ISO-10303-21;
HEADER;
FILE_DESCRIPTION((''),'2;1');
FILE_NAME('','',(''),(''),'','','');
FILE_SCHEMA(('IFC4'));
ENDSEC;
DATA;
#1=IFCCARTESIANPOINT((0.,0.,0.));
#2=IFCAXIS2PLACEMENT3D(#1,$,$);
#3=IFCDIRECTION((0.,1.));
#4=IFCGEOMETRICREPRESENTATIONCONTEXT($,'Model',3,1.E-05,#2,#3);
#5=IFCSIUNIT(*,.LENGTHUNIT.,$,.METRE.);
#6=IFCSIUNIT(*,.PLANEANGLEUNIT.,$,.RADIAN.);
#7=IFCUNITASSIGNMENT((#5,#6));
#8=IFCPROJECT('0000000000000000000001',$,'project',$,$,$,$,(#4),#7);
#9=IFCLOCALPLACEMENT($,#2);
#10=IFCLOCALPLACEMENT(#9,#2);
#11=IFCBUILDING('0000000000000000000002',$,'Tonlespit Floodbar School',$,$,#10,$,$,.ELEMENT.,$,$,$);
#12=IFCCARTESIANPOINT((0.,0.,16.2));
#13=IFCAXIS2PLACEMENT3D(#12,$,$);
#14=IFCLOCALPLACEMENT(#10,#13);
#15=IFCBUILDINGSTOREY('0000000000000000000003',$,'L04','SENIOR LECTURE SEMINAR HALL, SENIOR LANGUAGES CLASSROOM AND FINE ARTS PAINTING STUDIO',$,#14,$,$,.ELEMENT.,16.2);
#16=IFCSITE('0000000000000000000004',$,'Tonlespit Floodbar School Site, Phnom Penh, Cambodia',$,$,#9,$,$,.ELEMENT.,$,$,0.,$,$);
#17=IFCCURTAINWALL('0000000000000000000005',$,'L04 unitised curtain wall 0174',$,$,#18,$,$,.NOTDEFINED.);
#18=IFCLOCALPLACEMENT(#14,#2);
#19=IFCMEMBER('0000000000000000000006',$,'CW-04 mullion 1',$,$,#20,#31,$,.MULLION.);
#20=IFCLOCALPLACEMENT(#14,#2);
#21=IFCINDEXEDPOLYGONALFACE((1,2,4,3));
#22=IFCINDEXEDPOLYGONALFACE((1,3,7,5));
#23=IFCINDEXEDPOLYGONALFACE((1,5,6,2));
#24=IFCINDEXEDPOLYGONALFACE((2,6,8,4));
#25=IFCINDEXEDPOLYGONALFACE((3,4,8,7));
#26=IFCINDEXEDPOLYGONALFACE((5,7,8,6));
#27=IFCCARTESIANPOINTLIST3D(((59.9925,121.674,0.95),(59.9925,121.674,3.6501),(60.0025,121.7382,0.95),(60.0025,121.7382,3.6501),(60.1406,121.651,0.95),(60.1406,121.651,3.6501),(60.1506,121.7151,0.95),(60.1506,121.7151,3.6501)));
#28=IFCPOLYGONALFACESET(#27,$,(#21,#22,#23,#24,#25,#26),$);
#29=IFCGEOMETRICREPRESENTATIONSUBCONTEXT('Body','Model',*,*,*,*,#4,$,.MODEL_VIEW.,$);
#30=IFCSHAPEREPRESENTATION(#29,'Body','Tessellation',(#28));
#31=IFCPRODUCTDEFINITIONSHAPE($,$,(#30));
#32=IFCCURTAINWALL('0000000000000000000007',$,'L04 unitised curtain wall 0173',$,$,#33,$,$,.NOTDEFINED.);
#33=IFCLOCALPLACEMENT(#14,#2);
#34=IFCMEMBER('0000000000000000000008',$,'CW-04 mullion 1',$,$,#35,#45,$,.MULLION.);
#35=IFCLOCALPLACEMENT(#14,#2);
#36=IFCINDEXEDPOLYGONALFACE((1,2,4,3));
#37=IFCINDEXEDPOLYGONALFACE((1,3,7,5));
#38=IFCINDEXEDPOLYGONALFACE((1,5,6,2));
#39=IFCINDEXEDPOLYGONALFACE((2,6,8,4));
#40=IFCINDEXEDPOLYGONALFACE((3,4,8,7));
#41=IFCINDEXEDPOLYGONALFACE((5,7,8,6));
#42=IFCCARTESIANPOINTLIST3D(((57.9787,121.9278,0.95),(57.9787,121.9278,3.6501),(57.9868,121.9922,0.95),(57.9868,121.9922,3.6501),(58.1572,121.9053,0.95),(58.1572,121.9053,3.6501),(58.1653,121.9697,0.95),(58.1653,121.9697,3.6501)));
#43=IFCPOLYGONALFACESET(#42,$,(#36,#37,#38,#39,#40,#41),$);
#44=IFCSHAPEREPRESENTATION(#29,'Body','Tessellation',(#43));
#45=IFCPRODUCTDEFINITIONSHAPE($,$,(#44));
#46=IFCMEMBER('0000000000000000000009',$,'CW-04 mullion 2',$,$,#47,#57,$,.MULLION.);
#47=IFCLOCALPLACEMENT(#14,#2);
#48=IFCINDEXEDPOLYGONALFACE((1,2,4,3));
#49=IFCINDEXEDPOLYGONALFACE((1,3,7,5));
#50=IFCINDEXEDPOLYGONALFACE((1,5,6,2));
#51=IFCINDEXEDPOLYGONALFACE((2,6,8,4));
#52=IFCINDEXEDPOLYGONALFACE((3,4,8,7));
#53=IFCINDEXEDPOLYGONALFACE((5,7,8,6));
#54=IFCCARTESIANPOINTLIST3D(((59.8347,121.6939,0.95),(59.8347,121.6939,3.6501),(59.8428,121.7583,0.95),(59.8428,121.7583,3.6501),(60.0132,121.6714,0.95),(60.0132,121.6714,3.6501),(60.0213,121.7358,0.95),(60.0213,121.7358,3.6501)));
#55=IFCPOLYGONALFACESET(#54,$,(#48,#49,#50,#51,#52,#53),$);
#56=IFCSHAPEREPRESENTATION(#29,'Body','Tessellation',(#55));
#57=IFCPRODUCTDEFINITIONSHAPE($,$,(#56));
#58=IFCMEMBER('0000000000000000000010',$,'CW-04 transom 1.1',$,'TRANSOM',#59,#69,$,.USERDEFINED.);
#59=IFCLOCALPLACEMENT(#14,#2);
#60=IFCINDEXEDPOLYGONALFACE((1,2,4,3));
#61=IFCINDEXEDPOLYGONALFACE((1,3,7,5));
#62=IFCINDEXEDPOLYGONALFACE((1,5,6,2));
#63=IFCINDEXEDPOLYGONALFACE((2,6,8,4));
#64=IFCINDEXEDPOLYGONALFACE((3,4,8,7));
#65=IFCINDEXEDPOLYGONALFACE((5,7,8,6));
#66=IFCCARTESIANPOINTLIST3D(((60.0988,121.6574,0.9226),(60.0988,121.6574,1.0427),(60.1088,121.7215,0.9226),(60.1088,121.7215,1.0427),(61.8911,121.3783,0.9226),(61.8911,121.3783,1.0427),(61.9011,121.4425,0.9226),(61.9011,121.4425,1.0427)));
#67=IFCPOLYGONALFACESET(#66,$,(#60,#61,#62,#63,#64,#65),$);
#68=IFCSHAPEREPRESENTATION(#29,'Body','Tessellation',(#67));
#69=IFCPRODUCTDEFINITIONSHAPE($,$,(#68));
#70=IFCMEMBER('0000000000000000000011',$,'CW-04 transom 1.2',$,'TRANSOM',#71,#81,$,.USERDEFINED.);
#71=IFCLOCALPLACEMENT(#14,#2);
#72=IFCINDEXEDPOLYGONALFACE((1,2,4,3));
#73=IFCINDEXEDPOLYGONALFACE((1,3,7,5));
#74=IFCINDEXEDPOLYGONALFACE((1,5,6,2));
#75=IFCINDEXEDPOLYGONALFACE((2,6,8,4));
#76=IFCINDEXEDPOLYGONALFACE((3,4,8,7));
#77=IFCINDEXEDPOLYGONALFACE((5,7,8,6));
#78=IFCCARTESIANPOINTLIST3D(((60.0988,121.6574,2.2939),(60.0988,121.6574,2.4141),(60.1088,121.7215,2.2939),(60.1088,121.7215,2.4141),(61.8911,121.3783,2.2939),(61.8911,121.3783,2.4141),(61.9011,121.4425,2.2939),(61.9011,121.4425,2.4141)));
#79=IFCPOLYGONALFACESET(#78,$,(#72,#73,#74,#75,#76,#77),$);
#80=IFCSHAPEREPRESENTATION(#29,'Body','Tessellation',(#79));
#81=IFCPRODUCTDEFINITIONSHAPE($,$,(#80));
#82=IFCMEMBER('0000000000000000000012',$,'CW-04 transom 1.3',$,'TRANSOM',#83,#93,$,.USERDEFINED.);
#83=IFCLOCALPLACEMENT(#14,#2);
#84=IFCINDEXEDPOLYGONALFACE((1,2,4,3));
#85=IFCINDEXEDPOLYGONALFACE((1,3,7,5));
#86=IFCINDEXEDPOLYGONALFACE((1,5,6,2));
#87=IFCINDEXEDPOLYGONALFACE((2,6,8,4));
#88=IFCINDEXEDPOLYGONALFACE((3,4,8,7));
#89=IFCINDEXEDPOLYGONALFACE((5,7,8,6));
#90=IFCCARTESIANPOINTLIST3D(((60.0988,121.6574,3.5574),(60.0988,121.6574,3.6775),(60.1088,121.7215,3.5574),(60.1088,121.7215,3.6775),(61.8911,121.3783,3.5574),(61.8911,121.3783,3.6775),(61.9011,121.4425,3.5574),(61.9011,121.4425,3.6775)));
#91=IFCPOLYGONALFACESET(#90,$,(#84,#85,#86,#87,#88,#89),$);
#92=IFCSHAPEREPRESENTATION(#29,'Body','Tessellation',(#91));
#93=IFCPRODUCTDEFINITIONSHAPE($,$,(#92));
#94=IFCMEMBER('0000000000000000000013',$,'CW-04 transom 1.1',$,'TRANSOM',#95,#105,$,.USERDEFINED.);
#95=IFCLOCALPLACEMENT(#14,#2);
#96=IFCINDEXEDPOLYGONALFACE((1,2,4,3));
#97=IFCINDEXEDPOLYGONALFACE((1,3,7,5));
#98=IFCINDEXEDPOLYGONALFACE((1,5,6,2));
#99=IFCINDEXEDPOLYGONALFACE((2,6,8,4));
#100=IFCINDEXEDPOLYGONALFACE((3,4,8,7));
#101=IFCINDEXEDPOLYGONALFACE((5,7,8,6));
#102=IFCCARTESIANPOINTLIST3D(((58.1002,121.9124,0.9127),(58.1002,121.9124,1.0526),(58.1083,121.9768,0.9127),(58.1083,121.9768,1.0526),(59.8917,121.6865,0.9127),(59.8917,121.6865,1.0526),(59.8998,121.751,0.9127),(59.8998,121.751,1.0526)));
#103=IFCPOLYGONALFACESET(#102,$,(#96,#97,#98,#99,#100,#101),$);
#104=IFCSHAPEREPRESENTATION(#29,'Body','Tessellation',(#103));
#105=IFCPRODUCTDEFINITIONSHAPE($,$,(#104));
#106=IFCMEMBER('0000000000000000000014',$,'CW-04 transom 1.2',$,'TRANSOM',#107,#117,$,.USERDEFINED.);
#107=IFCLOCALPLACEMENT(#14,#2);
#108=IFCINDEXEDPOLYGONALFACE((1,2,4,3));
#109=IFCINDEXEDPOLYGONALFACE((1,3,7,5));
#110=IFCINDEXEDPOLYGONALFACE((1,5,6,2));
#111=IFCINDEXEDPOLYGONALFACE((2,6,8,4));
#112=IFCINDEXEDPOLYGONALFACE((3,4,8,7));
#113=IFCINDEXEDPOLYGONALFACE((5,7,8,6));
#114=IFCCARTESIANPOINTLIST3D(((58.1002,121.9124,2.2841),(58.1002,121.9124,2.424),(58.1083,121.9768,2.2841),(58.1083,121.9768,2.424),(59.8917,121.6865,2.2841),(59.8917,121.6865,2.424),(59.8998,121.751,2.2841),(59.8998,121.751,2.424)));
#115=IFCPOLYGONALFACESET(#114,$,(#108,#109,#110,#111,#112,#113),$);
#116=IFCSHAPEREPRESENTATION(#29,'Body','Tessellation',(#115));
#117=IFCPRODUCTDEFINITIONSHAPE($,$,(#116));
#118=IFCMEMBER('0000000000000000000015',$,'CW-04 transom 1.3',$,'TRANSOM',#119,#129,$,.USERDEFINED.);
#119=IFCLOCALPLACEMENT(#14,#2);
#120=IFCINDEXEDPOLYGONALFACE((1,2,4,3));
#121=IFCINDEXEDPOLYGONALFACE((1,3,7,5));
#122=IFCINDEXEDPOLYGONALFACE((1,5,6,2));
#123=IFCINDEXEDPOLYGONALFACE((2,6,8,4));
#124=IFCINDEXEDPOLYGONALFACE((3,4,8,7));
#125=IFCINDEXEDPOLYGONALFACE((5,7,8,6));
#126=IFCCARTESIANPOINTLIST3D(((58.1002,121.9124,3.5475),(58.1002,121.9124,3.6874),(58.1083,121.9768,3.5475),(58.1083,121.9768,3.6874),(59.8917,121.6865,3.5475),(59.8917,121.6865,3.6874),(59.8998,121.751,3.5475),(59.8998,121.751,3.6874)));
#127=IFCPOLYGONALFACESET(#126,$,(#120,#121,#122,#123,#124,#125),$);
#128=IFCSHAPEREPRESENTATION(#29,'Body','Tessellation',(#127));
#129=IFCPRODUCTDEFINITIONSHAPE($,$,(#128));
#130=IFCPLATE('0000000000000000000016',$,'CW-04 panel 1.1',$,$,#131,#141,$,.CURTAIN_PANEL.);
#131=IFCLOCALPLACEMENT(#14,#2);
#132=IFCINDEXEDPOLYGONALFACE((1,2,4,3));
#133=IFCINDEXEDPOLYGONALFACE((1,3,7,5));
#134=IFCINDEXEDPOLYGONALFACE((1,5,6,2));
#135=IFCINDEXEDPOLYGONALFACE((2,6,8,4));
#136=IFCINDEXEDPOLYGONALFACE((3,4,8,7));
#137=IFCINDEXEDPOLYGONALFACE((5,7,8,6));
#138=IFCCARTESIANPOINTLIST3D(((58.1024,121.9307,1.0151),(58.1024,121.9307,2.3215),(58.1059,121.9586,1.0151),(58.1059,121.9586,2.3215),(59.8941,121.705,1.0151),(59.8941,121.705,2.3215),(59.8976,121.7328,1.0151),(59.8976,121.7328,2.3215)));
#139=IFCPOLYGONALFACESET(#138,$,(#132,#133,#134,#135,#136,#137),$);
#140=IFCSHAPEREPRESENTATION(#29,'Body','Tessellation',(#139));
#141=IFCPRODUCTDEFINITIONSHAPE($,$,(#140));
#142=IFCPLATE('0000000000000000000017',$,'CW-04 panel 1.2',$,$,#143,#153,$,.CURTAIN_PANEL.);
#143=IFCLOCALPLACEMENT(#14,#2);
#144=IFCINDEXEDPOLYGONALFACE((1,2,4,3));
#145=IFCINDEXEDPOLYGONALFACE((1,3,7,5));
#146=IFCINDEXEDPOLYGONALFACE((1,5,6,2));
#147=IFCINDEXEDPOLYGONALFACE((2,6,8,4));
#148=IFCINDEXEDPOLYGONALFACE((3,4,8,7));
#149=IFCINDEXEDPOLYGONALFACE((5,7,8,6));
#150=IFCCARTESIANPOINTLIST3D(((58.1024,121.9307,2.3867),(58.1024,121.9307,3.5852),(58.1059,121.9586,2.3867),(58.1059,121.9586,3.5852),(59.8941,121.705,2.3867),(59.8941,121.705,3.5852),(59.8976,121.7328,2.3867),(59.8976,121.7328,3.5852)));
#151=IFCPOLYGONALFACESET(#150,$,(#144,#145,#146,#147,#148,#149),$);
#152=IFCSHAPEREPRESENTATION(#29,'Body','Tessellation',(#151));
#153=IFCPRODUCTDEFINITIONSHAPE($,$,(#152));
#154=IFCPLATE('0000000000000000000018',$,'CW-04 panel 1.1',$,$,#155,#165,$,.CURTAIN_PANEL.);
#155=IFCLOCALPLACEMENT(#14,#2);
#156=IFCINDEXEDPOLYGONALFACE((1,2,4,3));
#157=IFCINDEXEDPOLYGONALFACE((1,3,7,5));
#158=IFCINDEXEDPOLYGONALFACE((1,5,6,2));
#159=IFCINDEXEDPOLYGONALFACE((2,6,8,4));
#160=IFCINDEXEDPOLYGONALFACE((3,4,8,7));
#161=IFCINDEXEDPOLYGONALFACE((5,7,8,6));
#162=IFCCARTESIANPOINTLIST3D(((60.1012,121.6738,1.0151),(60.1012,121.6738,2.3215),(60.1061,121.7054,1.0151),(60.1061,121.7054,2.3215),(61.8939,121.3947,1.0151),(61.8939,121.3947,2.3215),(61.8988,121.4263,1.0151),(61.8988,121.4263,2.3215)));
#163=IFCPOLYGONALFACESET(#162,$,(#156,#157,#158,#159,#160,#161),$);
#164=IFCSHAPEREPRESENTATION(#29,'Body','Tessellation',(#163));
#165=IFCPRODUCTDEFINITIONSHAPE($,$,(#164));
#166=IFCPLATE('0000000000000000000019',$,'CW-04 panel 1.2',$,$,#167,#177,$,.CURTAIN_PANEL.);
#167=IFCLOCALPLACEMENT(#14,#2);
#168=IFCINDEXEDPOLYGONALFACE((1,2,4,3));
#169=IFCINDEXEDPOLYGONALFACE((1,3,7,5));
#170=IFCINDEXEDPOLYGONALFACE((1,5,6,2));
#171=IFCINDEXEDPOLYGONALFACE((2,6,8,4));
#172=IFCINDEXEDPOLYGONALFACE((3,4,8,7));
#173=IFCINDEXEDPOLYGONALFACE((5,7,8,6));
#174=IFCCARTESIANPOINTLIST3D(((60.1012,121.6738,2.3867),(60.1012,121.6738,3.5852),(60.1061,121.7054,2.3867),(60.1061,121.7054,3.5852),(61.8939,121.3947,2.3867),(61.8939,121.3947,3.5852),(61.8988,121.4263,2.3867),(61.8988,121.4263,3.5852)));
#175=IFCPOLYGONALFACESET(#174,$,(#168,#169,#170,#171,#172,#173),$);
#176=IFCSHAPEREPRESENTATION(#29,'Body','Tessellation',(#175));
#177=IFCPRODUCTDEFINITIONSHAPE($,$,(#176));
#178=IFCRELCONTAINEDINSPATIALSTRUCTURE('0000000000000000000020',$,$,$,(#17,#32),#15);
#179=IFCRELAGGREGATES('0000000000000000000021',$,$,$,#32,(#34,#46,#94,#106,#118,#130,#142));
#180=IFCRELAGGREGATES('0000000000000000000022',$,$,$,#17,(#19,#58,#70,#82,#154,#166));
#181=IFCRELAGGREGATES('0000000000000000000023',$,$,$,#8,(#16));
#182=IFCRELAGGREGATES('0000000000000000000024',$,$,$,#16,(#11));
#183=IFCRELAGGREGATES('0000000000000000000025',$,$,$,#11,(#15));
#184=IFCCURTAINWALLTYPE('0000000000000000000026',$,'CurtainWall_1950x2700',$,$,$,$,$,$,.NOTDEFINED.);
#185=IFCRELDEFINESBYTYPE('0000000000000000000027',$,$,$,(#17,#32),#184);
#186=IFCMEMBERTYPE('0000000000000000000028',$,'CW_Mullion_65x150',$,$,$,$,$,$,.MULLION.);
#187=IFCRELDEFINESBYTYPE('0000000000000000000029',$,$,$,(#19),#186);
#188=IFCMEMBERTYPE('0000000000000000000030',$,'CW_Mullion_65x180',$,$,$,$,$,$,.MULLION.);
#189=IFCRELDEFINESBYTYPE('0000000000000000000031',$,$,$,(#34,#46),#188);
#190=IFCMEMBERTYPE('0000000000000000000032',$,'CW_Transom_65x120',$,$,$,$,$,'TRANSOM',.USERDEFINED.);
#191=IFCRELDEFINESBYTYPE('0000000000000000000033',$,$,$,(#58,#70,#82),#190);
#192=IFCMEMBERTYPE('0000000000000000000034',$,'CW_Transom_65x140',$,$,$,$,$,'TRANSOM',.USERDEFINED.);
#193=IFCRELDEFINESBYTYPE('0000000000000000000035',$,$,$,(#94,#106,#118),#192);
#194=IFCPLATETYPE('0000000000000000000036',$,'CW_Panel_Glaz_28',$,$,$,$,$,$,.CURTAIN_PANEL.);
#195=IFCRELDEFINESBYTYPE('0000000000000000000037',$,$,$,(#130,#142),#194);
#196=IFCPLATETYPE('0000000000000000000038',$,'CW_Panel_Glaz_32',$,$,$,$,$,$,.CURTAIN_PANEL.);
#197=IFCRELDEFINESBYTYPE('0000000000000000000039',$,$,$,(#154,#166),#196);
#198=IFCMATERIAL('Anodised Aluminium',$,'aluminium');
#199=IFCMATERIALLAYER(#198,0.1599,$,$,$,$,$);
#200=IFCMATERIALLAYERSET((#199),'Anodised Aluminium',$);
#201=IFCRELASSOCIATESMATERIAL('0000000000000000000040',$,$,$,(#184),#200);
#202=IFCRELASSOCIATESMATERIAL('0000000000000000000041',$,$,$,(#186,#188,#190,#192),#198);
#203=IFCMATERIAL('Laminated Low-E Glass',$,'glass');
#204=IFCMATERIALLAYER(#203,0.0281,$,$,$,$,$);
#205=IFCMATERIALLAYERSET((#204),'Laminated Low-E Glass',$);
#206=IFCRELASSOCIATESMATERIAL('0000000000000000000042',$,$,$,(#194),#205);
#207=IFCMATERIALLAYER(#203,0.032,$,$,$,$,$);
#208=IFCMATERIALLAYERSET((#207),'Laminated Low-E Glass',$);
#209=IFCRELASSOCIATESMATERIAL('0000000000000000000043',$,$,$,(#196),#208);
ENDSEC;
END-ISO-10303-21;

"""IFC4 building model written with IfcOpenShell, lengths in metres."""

from ifc_helpers import new_model, si_unit, direction, frame, origin, origin_2d, place, context, subcontext, project, spatial, rectangle, extrude, material, layer, layer_set, material_profile, profile_set, type_object, element, aggregate, save


model = new_model("IFC4")

# Units and contexts
model_context = context("Model", 3, precision=1e-05, world=origin(), true_north=direction((0.0, 1.0)))
body_context = subcontext(model_context, "Body", "Model", "MODEL_VIEW")
ifc_project = project(units=[si_unit("LENGTHUNIT", "METRE"), si_unit("PLANEANGLEUNIT", "RADIAN")], contexts=[model_context])

# Site, building, storey
site_placement = place(None, origin())
site = spatial("IfcSite", under=ifc_project, at=site_placement, Name="Tonlespit Floodbar School Site, Phnom Penh, Cambodia", CompositionType="ELEMENT", RefElevation=0.0)
building_placement = place(site_placement, origin())
building = spatial("IfcBuilding", under=site, at=building_placement, Name="Tonlespit Floodbar School", CompositionType="ELEMENT")
storey_placement = place(building_placement, frame((0.0, 0.0, 16.2)))
storey = spatial("IfcBuildingStorey", under=building, at=storey_placement, Name="L04", Description="SENIOR LECTURE SEMINAR HALL, SENIOR LANGUAGES CLASSROOM AND FINE ARTS PAINTING STUDIO", CompositionType="ELEMENT", Elevation=16.2)

# Curtain wall, member
ifc_material_1 = material(Name="Anodised Aluminium", Category="aluminium")
ifc_layer_1 = layer(ifc_material_1, 0.1599)
ifc_layer_set_1 = layer_set([ifc_layer_1], Name="Anodised Aluminium")
curtain_wall_type = type_object("IfcCurtainWallType", Name="CurtainWall_1950x2700", PredefinedType="NOTDEFINED", material=ifc_layer_set_1)
curtain_wall_1_placement = place(storey_placement, origin())
curtain_wall_1 = element("IfcCurtainWall", 1, at=curtain_wall_1_placement, inside=storey, type_object=curtain_wall_type, Name="L04 unitised curtain wall 0174", PredefinedType="NOTDEFINED")
ifc_material_profile_1 = material_profile(ifc_material_1, rectangle(XDim=0.0649, YDim=0.1499, at=origin_2d()), Name="ALU M65x150")
ifc_profile_set_1 = profile_set([ifc_material_profile_1], Name="Anodised Aluminium")
member_type_1 = type_object("IfcMemberType", Name="CW_Mullion_65x150", PredefinedType="MULLION", material=ifc_profile_set_1)
member_1_placement = place(storey_placement, frame((60.0715, 121.6946, 0.95), z_axis=(0.0, 0.0, 1.0), x_axis=(0.153796, 0.988103, 0.0)))
member_1 = element("IfcMember", 2, at=member_1_placement, type_object=member_type_1, Name="CW-04 mullion 1", PredefinedType="MULLION", context=body_context, shape_type="SweptSolid", body=[
    extrude(rectangle(XDim=0.0649, YDim=0.1499, at=origin_2d()), origin(), (0.0, 0.0, 1.0), 2.7002),
])

# Curtain wall, members
curtain_wall_2_placement = place(storey_placement, origin())
curtain_wall_2 = element("IfcCurtainWall", 3, at=curtain_wall_2_placement, inside=storey, type_object=curtain_wall_type, Name="L04 unitised curtain wall 0173", PredefinedType="NOTDEFINED")
ifc_material_profile_2 = material_profile(ifc_material_1, rectangle(XDim=0.0649, YDim=0.1799, at=origin_2d()), Name="ALU M65x180")
ifc_profile_set_2 = profile_set([ifc_material_profile_2], Name="Anodised Aluminium")
member_type_2 = type_object("IfcMemberType", Name="CW_Mullion_65x180", PredefinedType="MULLION", material=ifc_profile_set_2)
member_2_placement = place(storey_placement, frame((58.072, 121.9487, 0.95), z_axis=(0.0, 0.0, 1.0), x_axis=(0.125014, 0.992155, 0.0)))
member_2 = element("IfcMember", 4, at=member_2_placement, type_object=member_type_2, Name="CW-04 mullion 1", PredefinedType="MULLION", context=body_context, shape_type="SweptSolid", body=[
    extrude(rectangle(XDim=0.0649, YDim=0.1799, at=origin_2d()), origin(), (0.0, 0.0, 1.0), 2.7002),
])
member_3_placement = place(storey_placement, frame((59.928, 121.7148, 0.95), z_axis=(0.0, 0.0, 1.0), x_axis=(0.125014, 0.992155, 0.0)))
member_3 = element("IfcMember", 5, at=member_3_placement, type_object=member_type_2, Name="CW-04 mullion 2", PredefinedType="MULLION", context=body_context, shape_type="SweptSolid", body=[
    extrude(rectangle(XDim=0.0649, YDim=0.1799, at=origin_2d()), origin(), (0.0, 0.0, 1.0), 2.7002),
])

# Members
ifc_material_profile_3 = material_profile(ifc_material_1, rectangle(XDim=0.0649, YDim=0.1201, at=origin_2d()), Name="ALU T65x120")
ifc_profile_set_3 = profile_set([ifc_material_profile_3], Name="Anodised Aluminium")
member_type_3 = type_object("IfcMemberType", Name="CW_Transom_65x120", ElementType="TRANSOM", PredefinedType="USERDEFINED", material=ifc_profile_set_3)
member_4_placement = place(storey_placement, frame((60.1038, 121.6895, 0.9827), z_axis=(0.988098, -0.153827, 0.0), x_axis=(0.153827, 0.988098, 0.0)))
member_4 = element("IfcMember", 6, at=member_4_placement, type_object=member_type_3, Name="CW-04 transom 1.1", ObjectType="TRANSOM", PredefinedType="USERDEFINED", context=body_context, shape_type="SweptSolid", body=[
    extrude(rectangle(XDim=0.0649, YDim=0.1201, at=origin_2d()), origin(), (0.0, 0.0, 1.0), 1.814),
])
member_5_placement = place(storey_placement, frame((60.1038, 121.6895, 2.354), z_axis=(0.988098, -0.153827, 0.0), x_axis=(0.153827, 0.988098, 0.0)))
member_5 = element("IfcMember", 7, at=member_5_placement, type_object=member_type_3, Name="CW-04 transom 1.2", ObjectType="TRANSOM", PredefinedType="USERDEFINED", context=body_context, shape_type="SweptSolid", body=[
    extrude(rectangle(XDim=0.0649, YDim=0.1201, at=origin_2d()), origin(), (0.0, 0.0, 1.0), 1.814),
])
member_6_placement = place(storey_placement, frame((60.1038, 121.6895, 3.6174), z_axis=(0.988098, -0.153827, 0.0), x_axis=(0.153827, 0.988098, 0.0)))
member_6 = element("IfcMember", 8, at=member_6_placement, type_object=member_type_3, Name="CW-04 transom 1.3", ObjectType="TRANSOM", PredefinedType="USERDEFINED", context=body_context, shape_type="SweptSolid", body=[
    extrude(rectangle(XDim=0.0649, YDim=0.1201, at=origin_2d()), origin(), (0.0, 0.0, 1.0), 1.814),
])
ifc_material_profile_4 = material_profile(ifc_material_1, rectangle(XDim=0.0649, YDim=0.1399, at=origin_2d()), Name="ALU T65x140")
ifc_profile_set_4 = profile_set([ifc_material_profile_4], Name="Anodised Aluminium")
member_type_4 = type_object("IfcMemberType", Name="CW_Transom_65x140", ElementType="TRANSOM", PredefinedType="USERDEFINED", material=ifc_profile_set_4)
member_7_placement = place(storey_placement, frame((58.1042, 121.9446, 0.9827), z_axis=(0.992148, -0.125066, 0.0), x_axis=(0.125066, 0.992148, 0.0)))
member_7 = element("IfcMember", 9, at=member_7_placement, type_object=member_type_4, Name="CW-04 transom 1.1", ObjectType="TRANSOM", PredefinedType="USERDEFINED", context=body_context, shape_type="SweptSolid", body=[
    extrude(rectangle(XDim=0.0649, YDim=0.1399, at=origin_2d()), origin(), (0.0, 0.0, 1.0), 1.8057),
])
member_8_placement = place(storey_placement, frame((58.1042, 121.9446, 2.354), z_axis=(0.992148, -0.125066, 0.0), x_axis=(0.125066, 0.992148, 0.0)))
member_8 = element("IfcMember", 10, at=member_8_placement, type_object=member_type_4, Name="CW-04 transom 1.2", ObjectType="TRANSOM", PredefinedType="USERDEFINED", context=body_context, shape_type="SweptSolid", body=[
    extrude(rectangle(XDim=0.0649, YDim=0.1399, at=origin_2d()), origin(), (0.0, 0.0, 1.0), 1.8057),
])
member_9_placement = place(storey_placement, frame((58.1042, 121.9446, 3.6174), z_axis=(0.992148, -0.125066, 0.0), x_axis=(0.125066, 0.992148, 0.0)))
member_9 = element("IfcMember", 11, at=member_9_placement, type_object=member_type_4, Name="CW-04 transom 1.3", ObjectType="TRANSOM", PredefinedType="USERDEFINED", context=body_context, shape_type="SweptSolid", body=[
    extrude(rectangle(XDim=0.0649, YDim=0.1399, at=origin_2d()), origin(), (0.0, 0.0, 1.0), 1.8057),
])

# Plates
ifc_material_2 = material(Name="Laminated Low-E Glass", Category="glass")
ifc_layer_2 = layer(ifc_material_2, 0.0281)
ifc_layer_set_2 = layer_set([ifc_layer_2], Name="Laminated Low-E Glass")
plate_type_1 = type_object("IfcPlateType", Name="CW_Panel_Glaz_28", PredefinedType="CURTAIN_PANEL", material=ifc_layer_set_2)
plate_1_placement = place(storey_placement, frame((59.0, 121.8318, 1.0151), z_axis=(0.0, 0.0, 1.0), x_axis=(0.992155, -0.125014, 0.0)))
plate_1 = element("IfcPlate", 12, at=plate_1_placement, type_object=plate_type_1, Name="CW-04 panel 1.1", PredefinedType="CURTAIN_PANEL", context=body_context, shape_type="SweptSolid", body=[
    extrude(rectangle(XDim=1.8059, YDim=0.0281, at=origin_2d()), origin(), (0.0, 0.0, 1.0), 1.3064),
])
plate_2_placement = place(storey_placement, frame((59.0, 121.8318, 2.3867), z_axis=(0.0, 0.0, 1.0), x_axis=(0.992155, -0.125014, 0.0)))
plate_2 = element("IfcPlate", 13, at=plate_2_placement, type_object=plate_type_1, Name="CW-04 panel 1.2", PredefinedType="CURTAIN_PANEL", context=body_context, shape_type="SweptSolid", body=[
    extrude(rectangle(XDim=1.8059, YDim=0.0281, at=origin_2d()), origin(), (0.0, 0.0, 1.0), 1.1985),
])
aggregate(curtain_wall_2, [member_2, member_3, member_7, member_8, member_9, plate_1, plate_2])
ifc_layer_3 = layer(ifc_material_2, 0.032)
ifc_layer_set_3 = layer_set([ifc_layer_3], Name="Laminated Low-E Glass")
plate_type_2 = type_object("IfcPlateType", Name="CW_Panel_Glaz_32", PredefinedType="CURTAIN_PANEL", material=ifc_layer_set_3)
plate_3_placement = place(storey_placement, frame((61.0, 121.55, 1.0151), z_axis=(0.0, 0.0, 1.0), x_axis=(0.988103, -0.153796, 0.0)))
plate_3 = element("IfcPlate", 14, at=plate_3_placement, type_object=plate_type_2, Name="CW-04 panel 1.1", PredefinedType="CURTAIN_PANEL", context=body_context, shape_type="SweptSolid", body=[
    extrude(rectangle(XDim=1.8142, YDim=0.032, at=origin_2d()), origin(), (0.0, 0.0, 1.0), 1.3064),
])
plate_4_placement = place(storey_placement, frame((61.0, 121.55, 2.3867), z_axis=(0.0, 0.0, 1.0), x_axis=(0.988103, -0.153796, 0.0)))
plate_4 = element("IfcPlate", 15, at=plate_4_placement, type_object=plate_type_2, Name="CW-04 panel 1.2", PredefinedType="CURTAIN_PANEL", context=body_context, shape_type="SweptSolid", body=[
    extrude(rectangle(XDim=1.8142, YDim=0.032, at=origin_2d()), origin(), (0.0, 0.0, 1.0), 1.1985),
])
aggregate(curtain_wall_1, [member_1, member_4, member_5, member_6, plate_3, plate_4])

save(model, "model.ifc")
